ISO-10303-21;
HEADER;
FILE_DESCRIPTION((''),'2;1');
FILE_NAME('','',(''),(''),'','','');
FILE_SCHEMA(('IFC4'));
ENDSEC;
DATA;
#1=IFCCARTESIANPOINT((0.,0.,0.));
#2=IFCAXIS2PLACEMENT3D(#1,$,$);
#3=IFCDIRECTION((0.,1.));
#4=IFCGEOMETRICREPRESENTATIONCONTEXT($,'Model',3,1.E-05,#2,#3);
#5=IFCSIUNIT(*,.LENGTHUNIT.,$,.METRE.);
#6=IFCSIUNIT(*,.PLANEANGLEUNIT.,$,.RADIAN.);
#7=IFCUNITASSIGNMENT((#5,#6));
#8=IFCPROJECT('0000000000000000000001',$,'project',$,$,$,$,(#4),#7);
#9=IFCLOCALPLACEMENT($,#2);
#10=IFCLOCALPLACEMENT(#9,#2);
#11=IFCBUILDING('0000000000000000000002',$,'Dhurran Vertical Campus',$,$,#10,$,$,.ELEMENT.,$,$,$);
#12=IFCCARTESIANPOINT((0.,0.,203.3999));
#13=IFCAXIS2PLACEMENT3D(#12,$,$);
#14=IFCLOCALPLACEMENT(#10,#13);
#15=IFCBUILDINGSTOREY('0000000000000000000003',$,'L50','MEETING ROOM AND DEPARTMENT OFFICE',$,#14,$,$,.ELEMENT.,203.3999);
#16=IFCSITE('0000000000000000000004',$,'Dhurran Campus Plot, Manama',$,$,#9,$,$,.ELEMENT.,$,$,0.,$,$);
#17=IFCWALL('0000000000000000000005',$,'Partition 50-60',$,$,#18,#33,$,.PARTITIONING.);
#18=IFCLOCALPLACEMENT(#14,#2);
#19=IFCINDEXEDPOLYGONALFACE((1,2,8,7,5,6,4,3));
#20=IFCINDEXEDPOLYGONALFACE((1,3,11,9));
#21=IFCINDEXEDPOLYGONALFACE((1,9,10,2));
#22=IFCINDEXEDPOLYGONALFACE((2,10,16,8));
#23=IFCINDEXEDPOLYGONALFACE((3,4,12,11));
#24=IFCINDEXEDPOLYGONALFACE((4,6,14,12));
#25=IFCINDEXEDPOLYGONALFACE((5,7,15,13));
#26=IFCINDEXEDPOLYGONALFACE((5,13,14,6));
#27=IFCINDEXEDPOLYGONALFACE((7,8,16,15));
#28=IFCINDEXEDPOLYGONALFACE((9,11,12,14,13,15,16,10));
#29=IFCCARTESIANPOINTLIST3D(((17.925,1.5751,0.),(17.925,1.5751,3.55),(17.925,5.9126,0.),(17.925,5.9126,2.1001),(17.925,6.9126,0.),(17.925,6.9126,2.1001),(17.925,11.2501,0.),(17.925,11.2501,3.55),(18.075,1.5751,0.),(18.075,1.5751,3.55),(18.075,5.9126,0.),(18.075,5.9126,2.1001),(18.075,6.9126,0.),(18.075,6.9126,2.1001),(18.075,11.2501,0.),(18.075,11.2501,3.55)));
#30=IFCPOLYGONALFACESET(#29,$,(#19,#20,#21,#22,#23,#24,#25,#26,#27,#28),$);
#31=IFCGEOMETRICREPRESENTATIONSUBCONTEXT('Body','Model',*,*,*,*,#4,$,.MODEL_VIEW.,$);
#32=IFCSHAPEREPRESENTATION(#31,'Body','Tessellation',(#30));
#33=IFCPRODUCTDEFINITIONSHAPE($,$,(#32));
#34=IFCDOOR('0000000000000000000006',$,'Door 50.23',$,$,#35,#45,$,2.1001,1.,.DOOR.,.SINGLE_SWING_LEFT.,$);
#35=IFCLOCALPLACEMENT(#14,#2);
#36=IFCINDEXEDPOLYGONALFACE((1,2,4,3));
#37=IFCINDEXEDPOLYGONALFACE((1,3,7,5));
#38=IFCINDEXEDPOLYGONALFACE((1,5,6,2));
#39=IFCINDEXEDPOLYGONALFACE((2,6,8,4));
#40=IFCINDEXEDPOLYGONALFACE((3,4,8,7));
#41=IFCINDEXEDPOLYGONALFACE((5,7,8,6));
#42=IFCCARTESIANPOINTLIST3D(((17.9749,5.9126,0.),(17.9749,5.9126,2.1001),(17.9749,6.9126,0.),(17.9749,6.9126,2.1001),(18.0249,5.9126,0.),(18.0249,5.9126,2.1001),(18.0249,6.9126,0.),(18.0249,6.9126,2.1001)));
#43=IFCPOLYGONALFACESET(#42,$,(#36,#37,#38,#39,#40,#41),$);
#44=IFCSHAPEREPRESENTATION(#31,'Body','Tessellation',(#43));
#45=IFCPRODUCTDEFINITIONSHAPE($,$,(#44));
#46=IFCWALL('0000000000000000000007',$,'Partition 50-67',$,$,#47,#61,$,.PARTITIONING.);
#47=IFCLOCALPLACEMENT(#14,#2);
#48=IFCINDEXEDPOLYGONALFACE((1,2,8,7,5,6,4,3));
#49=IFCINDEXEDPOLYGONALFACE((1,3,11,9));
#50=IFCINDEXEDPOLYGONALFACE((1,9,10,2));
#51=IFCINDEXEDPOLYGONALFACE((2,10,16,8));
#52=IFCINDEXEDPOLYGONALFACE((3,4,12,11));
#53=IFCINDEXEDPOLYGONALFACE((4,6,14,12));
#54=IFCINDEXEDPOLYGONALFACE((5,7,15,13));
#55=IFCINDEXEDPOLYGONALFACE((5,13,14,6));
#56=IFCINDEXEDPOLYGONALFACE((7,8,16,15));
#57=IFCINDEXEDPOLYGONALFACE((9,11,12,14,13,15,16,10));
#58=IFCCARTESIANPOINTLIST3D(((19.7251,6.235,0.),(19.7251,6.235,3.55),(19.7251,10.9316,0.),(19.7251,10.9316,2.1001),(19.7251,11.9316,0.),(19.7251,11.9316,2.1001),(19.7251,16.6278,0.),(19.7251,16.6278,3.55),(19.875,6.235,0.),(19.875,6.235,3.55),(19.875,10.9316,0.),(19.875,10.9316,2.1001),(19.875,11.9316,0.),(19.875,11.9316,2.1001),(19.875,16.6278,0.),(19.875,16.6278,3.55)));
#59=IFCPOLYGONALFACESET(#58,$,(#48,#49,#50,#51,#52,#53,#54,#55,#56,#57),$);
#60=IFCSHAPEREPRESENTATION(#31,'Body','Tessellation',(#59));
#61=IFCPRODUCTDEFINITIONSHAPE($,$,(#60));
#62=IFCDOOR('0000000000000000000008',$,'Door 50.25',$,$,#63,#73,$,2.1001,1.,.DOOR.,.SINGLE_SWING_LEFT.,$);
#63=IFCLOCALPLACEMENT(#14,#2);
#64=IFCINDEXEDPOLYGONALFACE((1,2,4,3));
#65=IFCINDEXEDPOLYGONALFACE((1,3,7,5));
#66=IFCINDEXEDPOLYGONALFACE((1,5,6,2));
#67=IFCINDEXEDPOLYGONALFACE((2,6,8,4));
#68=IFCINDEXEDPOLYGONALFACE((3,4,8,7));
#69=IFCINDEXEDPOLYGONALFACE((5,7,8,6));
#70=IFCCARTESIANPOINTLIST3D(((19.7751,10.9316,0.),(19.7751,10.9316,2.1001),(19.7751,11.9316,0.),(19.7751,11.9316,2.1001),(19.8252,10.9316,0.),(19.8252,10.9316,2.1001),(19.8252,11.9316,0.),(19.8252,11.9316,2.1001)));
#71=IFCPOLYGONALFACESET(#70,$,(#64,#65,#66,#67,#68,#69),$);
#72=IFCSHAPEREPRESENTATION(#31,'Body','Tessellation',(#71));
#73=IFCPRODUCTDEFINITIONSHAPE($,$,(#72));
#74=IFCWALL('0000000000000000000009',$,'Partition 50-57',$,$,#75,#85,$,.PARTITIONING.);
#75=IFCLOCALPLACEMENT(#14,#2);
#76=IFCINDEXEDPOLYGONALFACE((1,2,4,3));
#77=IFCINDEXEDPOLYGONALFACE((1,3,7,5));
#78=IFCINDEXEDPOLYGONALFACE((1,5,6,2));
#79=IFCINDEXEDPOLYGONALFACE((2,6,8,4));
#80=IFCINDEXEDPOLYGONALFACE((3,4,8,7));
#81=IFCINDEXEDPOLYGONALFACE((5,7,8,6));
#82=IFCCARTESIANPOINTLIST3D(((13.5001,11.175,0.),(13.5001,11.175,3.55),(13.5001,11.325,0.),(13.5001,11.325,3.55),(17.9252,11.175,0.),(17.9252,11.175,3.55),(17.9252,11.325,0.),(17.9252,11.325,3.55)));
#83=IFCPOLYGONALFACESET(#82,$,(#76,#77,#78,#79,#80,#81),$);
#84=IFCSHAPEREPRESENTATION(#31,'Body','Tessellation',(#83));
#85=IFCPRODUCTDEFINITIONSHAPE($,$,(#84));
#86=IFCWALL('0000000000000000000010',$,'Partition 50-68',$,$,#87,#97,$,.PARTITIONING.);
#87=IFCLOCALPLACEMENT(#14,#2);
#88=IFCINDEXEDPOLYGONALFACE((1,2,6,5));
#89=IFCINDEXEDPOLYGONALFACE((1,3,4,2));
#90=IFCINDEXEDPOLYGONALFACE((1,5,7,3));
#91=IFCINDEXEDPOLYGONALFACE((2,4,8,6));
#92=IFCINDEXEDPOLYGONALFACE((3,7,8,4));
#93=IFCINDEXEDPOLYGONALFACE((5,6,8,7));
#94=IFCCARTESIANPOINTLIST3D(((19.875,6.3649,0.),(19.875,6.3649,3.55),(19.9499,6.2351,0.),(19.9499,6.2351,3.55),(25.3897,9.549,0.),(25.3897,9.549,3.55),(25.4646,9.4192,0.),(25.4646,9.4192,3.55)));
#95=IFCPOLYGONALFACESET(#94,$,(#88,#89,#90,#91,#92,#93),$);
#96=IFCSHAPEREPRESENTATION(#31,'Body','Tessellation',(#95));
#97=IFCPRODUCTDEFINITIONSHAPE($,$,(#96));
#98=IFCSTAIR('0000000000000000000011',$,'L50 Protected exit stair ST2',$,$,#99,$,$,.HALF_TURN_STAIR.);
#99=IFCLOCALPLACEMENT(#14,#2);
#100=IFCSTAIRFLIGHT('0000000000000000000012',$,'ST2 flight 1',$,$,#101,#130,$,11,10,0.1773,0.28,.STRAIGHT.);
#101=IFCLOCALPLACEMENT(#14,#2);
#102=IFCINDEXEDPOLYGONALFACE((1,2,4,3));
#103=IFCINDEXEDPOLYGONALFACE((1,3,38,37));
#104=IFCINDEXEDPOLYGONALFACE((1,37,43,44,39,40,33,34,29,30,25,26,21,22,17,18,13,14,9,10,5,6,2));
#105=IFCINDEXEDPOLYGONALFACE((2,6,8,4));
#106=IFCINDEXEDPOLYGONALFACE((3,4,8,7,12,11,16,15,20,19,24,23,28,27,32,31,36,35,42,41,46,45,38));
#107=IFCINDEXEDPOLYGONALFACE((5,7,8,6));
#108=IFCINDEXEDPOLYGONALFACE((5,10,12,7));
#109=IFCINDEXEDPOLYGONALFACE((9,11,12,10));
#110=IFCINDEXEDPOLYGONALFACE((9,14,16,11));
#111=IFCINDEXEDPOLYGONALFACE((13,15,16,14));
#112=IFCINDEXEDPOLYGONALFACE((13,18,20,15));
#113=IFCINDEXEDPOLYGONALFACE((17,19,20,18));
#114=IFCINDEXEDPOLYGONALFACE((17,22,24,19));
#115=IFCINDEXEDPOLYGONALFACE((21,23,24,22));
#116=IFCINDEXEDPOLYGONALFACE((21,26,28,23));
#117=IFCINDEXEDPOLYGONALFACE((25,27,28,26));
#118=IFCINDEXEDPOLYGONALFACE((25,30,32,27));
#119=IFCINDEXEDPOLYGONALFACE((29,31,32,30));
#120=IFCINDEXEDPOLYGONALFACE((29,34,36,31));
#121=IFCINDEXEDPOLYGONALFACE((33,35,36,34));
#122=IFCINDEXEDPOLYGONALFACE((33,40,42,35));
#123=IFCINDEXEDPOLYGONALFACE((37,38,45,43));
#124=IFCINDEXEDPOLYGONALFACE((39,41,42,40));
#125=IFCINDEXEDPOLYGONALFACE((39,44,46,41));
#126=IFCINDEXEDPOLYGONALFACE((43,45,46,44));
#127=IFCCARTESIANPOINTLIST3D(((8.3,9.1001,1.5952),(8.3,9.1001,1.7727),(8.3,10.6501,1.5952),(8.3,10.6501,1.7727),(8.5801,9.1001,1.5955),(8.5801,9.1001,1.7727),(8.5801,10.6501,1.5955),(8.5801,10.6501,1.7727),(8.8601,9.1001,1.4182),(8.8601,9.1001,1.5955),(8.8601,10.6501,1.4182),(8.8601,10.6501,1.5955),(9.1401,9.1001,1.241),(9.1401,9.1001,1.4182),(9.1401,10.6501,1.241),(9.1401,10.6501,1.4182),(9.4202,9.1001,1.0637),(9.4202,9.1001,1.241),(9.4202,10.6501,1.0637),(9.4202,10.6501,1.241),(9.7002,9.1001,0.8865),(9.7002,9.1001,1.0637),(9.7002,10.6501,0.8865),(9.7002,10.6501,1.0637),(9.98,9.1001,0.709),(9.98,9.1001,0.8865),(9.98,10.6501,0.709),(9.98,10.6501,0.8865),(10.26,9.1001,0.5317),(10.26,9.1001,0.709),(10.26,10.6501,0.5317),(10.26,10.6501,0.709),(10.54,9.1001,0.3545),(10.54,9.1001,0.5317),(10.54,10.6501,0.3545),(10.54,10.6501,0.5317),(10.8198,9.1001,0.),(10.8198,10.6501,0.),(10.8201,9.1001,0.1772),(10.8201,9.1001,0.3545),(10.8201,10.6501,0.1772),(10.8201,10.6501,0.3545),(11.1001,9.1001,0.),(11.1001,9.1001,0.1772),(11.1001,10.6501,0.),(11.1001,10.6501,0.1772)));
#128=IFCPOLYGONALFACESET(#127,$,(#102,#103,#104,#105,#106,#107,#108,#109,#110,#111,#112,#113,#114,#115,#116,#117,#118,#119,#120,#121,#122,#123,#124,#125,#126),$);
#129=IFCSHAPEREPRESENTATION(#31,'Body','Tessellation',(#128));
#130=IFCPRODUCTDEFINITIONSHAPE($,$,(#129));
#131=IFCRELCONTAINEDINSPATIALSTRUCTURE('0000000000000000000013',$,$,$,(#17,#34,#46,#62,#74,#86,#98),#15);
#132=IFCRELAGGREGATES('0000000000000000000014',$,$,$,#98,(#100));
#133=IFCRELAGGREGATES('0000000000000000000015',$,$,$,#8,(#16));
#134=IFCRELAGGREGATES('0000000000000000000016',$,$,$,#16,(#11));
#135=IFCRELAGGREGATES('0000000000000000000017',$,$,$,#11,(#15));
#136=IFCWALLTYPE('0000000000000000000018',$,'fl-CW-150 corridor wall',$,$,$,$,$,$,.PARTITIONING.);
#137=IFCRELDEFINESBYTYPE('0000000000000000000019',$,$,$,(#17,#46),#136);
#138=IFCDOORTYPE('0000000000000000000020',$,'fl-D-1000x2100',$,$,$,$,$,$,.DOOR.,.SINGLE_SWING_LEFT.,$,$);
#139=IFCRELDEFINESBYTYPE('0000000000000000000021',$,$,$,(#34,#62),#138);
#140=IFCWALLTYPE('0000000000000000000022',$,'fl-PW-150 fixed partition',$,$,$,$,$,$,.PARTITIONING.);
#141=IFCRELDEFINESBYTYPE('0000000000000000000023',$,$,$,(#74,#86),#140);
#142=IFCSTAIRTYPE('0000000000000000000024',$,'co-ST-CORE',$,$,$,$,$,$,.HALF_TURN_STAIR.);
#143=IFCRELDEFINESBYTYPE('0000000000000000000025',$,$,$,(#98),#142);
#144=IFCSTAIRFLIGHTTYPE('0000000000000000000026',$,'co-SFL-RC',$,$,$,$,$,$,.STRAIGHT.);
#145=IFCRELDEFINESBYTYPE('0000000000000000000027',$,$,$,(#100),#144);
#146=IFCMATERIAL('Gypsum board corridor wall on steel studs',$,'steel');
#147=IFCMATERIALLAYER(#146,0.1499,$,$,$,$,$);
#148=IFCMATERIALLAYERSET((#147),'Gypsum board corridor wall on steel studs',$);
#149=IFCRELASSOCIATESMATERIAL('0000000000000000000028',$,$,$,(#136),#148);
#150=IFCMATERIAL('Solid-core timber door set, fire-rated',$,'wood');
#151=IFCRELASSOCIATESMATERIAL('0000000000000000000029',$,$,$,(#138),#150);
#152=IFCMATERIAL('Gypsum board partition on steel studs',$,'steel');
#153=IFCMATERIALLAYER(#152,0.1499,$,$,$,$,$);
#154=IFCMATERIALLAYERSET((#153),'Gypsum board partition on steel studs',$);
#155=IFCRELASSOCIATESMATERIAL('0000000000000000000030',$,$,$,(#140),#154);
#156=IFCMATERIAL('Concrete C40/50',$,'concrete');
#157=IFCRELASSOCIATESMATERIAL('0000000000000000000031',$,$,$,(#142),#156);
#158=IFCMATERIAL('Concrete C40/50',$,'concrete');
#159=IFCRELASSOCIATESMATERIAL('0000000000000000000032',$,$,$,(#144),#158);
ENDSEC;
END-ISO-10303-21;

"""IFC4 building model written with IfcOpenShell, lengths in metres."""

from ifc_helpers import new_model, si_unit, direction, frame, frame_2d, origin, place, context, subcontext, project, spatial, polyline, rectangle, outline, extrude, material, layer, layer_set, type_object, element, fill, aggregate, save


model = new_model("IFC4")

# Units and contexts
model_context = context("Model", 3, precision=1e-05, world=origin(), true_north=direction((0.0, 1.0)))
body_context = subcontext(model_context, "Body", "Model", "MODEL_VIEW")
ifc_project = project(units=[si_unit("LENGTHUNIT", "METRE"), si_unit("PLANEANGLEUNIT", "RADIAN")], contexts=[model_context])

# Site, building, storey
site_placement = place(None, origin())
site = spatial("IfcSite", under=ifc_project, at=site_placement, Name="Dhurran Campus Plot, Manama", CompositionType="ELEMENT", RefElevation=0.0)
building_placement = place(site_placement, origin())
building = spatial("IfcBuilding", under=site, at=building_placement, Name="Dhurran Vertical Campus", CompositionType="ELEMENT")
storey_placement = place(building_placement, frame((0.0, 0.0, 203.3999)))
storey = spatial("IfcBuildingStorey", under=building, at=storey_placement, Name="L50", Description="MEETING ROOM AND DEPARTMENT OFFICE", CompositionType="ELEMENT", Elevation=203.3999)

# Shared definitions
ifc_material_1 = material(Name="Gypsum board corridor wall on steel studs", Category="steel")
ifc_layer_1 = layer(ifc_material_1, 0.1499)
ifc_layer_set_1 = layer_set([ifc_layer_1], Name="Gypsum board corridor wall on steel studs")
wall_type_1 = type_object("IfcWallType", Name="fl-CW-150 corridor wall", PredefinedType="PARTITIONING", material=ifc_layer_set_1)

# Walls, openings, doors
wall_1_placement = place(storey_placement, frame((18.0, 11.25, 0.0), z_axis=(0.0, 0.0, 1.0), x_axis=(0.0, -1.0, 0.0)))
wall_1 = element("IfcWall", 1, at=wall_1_placement, inside=storey, type_object=wall_type_1, Name="Partition 50-60", PredefinedType="PARTITIONING", context=body_context, shape_type="SweptSolid", body=[
    extrude(rectangle(XDim=9.675, YDim=0.1499, at=frame_2d((4.8374, 0.0))), origin(), (0.0, 0.0, 1.0), 3.55),
])
opening_1_placement = place(wall_1_placement, frame((4.3374, 0.0, 0.0)))
opening_1 = element("IfcOpeningElement", 2, at=opening_1_placement, cuts=wall_1, PredefinedType="OPENING", context=body_context, shape_type="SweptSolid", body=[
    extrude(rectangle(XDim=1.0, YDim=2.1001, at=frame_2d((0.5, 1.05))), frame((0.0, 0.085, 0.0), z_axis=(0.0, -1.0, 0.0), x_axis=(1.0, 0.0, 0.0)), (0.0, 0.0, 1.0), 0.1699),
])
ifc_material_2 = material(Name="Solid-core timber door set, fire-rated", Category="wood")
door_type = type_object("IfcDoorType", Name="fl-D-1000x2100", OperationType="SINGLE_SWING_LEFT", PredefinedType="DOOR", material=ifc_material_2)
door_1_placement = place(opening_1_placement, origin())
door_1 = element("IfcDoor", 3, at=door_1_placement, inside=storey, type_object=door_type, Name="Door 50.23", OperationType="SINGLE_SWING_LEFT", OverallHeight=2.1001, OverallWidth=1.0, PredefinedType="DOOR", context=body_context, shape_type="SweptSolid", body=[
    extrude(rectangle(XDim=1.0, YDim=2.1001, at=frame_2d((0.5, 1.05))), frame((0.0, 0.0249, 0.0), z_axis=(0.0, -1.0, 0.0), x_axis=(1.0, 0.0, 0.0)), (0.0, 0.0, 1.0), 0.05),
])
fill(opening_1, door_1)
wall_2_placement = place(storey_placement, frame((19.8, 6.2351, 0.0), z_axis=(0.0, 0.0, 1.0), x_axis=(0.0, 1.0, 0.0)))
wall_2 = element("IfcWall", 4, at=wall_2_placement, inside=storey, type_object=wall_type_1, Name="Partition 50-67", PredefinedType="PARTITIONING", context=body_context, shape_type="SweptSolid", body=[
    extrude(rectangle(XDim=10.3928, YDim=0.1499, at=frame_2d((5.1963, 0.0))), origin(), (0.0, 0.0, 1.0), 3.55),
])
opening_2_placement = place(wall_2_placement, frame((4.6965, 0.0, 0.0)))
opening_2 = element("IfcOpeningElement", 5, at=opening_2_placement, cuts=wall_2, PredefinedType="OPENING", context=body_context, shape_type="SweptSolid", body=[
    extrude(rectangle(XDim=1.0, YDim=2.1001, at=frame_2d((0.5, 1.05))), frame((0.0, 0.085, 0.0), z_axis=(0.0, -1.0, 0.0), x_axis=(1.0, 0.0, 0.0)), (0.0, 0.0, 1.0), 0.1699),
])
door_2_placement = place(opening_2_placement, origin())
door_2 = element("IfcDoor", 6, at=door_2_placement, inside=storey, type_object=door_type, Name="Door 50.25", OperationType="SINGLE_SWING_LEFT", OverallHeight=2.1001, OverallWidth=1.0, PredefinedType="DOOR", context=body_context, shape_type="SweptSolid", body=[
    extrude(rectangle(XDim=1.0, YDim=2.1001, at=frame_2d((0.5, 1.05))), frame((0.0, 0.0249, 0.0), z_axis=(0.0, -1.0, 0.0), x_axis=(1.0, 0.0, 0.0)), (0.0, 0.0, 1.0), 0.05),
])
fill(opening_2, door_2)

# Walls
ifc_material_3 = material(Name="Gypsum board partition on steel studs", Category="steel")
ifc_layer_2 = layer(ifc_material_3, 0.1499)
ifc_layer_set_2 = layer_set([ifc_layer_2], Name="Gypsum board partition on steel studs")
wall_type_2 = type_object("IfcWallType", Name="fl-PW-150 fixed partition", PredefinedType="PARTITIONING", material=ifc_layer_set_2)
wall_3_placement = place(storey_placement, frame((17.925, 11.25, 0.0), z_axis=(0.0, 0.0, 1.0), x_axis=(-1.0, 0.0, 0.0)))
element("IfcWall", 7, at=wall_3_placement, inside=storey, type_object=wall_type_2, Name="Partition 50-57", PredefinedType="PARTITIONING", context=body_context, shape_type="SweptSolid", body=[
    extrude(rectangle(XDim=4.425, YDim=0.1499, at=frame_2d((2.2124, 0.0))), origin(), (0.0, 0.0, 1.0), 3.55),
])
wall_4_placement = place(storey_placement, frame((25.4272, 9.4841, 0.0), z_axis=(0.0, 0.0, 1.0), x_axis=(-0.866012, -0.500023, 0.0)))
element("IfcWall", 8, at=wall_4_placement, inside=storey, type_object=wall_type_2, Name="Partition 50-68", PredefinedType="PARTITIONING", context=body_context, shape_type="SweptSolid", body=[
    extrude(rectangle(XDim=6.3679, YDim=0.1499, at=frame_2d((3.1841, 0.0))), origin(), (0.0, 0.0, 1.0), 3.55),
])

# Stair, stair flight
ifc_material_4 = material(Name="Concrete C40/50", Category="concrete")
stair_type = type_object("IfcStairType", Name="co-ST-CORE", PredefinedType="HALF_TURN_STAIR", material=ifc_material_4)
stair_placement = place(storey_placement, origin())
stair = element("IfcStair", 9, at=stair_placement, inside=storey, type_object=stair_type, Name="L50 Protected exit stair ST2", PredefinedType="HALF_TURN_STAIR")
ifc_material_5 = material(Name="Concrete C40/50", Category="concrete")
stair_flight_type = type_object("IfcStairFlightType", Name="co-SFL-RC", PredefinedType="STRAIGHT", material=ifc_material_5)
stair_flight_placement = place(storey_placement, frame((11.1001, 9.875, 0.0), z_axis=(0.0, 0.0, 1.0), x_axis=(-1.0, 0.0, 0.0)))
stair_flight = element("IfcStairFlight", 10, at=stair_flight_placement, type_object=stair_flight_type, Name="ST2 flight 1", NumberOfRisers=11, NumberOfTreads=10, PredefinedType="STRAIGHT", RiserHeight=0.1773, TreadLength=0.28, context=body_context, shape_type="SweptSolid", body=[
    extrude(outline(polyline([(0.0, 0.0), (0.0, 0.1772), (0.28, 0.1772), (0.28, 0.3545), (0.5601, 0.3545), (0.5601, 0.5317), (0.8401, 0.5317), (0.8401, 0.709), (1.1201, 0.709), (1.1201, 0.8865), (1.3999, 0.8865), (1.3999, 1.0637), (1.6799, 1.0637), (1.6799, 1.241), (1.96, 1.241), (1.96, 1.4182), (2.24, 1.4182), (2.24, 1.5955), (2.52, 1.5955), (2.52, 1.7727), (2.8, 1.7727), (2.8, 1.95), (2.8, 1.5952), (0.2803, 0.0), (0.0, 0.0)])), frame((0.0, 0.7749, 0.0), z_axis=(0.0, -1.0, 0.0), x_axis=(1.0, 0.0, 0.0)), (0.0, 0.0, 1.0), 1.55),
])
aggregate(stair, [stair_flight])

save(model, "model.ifc")
